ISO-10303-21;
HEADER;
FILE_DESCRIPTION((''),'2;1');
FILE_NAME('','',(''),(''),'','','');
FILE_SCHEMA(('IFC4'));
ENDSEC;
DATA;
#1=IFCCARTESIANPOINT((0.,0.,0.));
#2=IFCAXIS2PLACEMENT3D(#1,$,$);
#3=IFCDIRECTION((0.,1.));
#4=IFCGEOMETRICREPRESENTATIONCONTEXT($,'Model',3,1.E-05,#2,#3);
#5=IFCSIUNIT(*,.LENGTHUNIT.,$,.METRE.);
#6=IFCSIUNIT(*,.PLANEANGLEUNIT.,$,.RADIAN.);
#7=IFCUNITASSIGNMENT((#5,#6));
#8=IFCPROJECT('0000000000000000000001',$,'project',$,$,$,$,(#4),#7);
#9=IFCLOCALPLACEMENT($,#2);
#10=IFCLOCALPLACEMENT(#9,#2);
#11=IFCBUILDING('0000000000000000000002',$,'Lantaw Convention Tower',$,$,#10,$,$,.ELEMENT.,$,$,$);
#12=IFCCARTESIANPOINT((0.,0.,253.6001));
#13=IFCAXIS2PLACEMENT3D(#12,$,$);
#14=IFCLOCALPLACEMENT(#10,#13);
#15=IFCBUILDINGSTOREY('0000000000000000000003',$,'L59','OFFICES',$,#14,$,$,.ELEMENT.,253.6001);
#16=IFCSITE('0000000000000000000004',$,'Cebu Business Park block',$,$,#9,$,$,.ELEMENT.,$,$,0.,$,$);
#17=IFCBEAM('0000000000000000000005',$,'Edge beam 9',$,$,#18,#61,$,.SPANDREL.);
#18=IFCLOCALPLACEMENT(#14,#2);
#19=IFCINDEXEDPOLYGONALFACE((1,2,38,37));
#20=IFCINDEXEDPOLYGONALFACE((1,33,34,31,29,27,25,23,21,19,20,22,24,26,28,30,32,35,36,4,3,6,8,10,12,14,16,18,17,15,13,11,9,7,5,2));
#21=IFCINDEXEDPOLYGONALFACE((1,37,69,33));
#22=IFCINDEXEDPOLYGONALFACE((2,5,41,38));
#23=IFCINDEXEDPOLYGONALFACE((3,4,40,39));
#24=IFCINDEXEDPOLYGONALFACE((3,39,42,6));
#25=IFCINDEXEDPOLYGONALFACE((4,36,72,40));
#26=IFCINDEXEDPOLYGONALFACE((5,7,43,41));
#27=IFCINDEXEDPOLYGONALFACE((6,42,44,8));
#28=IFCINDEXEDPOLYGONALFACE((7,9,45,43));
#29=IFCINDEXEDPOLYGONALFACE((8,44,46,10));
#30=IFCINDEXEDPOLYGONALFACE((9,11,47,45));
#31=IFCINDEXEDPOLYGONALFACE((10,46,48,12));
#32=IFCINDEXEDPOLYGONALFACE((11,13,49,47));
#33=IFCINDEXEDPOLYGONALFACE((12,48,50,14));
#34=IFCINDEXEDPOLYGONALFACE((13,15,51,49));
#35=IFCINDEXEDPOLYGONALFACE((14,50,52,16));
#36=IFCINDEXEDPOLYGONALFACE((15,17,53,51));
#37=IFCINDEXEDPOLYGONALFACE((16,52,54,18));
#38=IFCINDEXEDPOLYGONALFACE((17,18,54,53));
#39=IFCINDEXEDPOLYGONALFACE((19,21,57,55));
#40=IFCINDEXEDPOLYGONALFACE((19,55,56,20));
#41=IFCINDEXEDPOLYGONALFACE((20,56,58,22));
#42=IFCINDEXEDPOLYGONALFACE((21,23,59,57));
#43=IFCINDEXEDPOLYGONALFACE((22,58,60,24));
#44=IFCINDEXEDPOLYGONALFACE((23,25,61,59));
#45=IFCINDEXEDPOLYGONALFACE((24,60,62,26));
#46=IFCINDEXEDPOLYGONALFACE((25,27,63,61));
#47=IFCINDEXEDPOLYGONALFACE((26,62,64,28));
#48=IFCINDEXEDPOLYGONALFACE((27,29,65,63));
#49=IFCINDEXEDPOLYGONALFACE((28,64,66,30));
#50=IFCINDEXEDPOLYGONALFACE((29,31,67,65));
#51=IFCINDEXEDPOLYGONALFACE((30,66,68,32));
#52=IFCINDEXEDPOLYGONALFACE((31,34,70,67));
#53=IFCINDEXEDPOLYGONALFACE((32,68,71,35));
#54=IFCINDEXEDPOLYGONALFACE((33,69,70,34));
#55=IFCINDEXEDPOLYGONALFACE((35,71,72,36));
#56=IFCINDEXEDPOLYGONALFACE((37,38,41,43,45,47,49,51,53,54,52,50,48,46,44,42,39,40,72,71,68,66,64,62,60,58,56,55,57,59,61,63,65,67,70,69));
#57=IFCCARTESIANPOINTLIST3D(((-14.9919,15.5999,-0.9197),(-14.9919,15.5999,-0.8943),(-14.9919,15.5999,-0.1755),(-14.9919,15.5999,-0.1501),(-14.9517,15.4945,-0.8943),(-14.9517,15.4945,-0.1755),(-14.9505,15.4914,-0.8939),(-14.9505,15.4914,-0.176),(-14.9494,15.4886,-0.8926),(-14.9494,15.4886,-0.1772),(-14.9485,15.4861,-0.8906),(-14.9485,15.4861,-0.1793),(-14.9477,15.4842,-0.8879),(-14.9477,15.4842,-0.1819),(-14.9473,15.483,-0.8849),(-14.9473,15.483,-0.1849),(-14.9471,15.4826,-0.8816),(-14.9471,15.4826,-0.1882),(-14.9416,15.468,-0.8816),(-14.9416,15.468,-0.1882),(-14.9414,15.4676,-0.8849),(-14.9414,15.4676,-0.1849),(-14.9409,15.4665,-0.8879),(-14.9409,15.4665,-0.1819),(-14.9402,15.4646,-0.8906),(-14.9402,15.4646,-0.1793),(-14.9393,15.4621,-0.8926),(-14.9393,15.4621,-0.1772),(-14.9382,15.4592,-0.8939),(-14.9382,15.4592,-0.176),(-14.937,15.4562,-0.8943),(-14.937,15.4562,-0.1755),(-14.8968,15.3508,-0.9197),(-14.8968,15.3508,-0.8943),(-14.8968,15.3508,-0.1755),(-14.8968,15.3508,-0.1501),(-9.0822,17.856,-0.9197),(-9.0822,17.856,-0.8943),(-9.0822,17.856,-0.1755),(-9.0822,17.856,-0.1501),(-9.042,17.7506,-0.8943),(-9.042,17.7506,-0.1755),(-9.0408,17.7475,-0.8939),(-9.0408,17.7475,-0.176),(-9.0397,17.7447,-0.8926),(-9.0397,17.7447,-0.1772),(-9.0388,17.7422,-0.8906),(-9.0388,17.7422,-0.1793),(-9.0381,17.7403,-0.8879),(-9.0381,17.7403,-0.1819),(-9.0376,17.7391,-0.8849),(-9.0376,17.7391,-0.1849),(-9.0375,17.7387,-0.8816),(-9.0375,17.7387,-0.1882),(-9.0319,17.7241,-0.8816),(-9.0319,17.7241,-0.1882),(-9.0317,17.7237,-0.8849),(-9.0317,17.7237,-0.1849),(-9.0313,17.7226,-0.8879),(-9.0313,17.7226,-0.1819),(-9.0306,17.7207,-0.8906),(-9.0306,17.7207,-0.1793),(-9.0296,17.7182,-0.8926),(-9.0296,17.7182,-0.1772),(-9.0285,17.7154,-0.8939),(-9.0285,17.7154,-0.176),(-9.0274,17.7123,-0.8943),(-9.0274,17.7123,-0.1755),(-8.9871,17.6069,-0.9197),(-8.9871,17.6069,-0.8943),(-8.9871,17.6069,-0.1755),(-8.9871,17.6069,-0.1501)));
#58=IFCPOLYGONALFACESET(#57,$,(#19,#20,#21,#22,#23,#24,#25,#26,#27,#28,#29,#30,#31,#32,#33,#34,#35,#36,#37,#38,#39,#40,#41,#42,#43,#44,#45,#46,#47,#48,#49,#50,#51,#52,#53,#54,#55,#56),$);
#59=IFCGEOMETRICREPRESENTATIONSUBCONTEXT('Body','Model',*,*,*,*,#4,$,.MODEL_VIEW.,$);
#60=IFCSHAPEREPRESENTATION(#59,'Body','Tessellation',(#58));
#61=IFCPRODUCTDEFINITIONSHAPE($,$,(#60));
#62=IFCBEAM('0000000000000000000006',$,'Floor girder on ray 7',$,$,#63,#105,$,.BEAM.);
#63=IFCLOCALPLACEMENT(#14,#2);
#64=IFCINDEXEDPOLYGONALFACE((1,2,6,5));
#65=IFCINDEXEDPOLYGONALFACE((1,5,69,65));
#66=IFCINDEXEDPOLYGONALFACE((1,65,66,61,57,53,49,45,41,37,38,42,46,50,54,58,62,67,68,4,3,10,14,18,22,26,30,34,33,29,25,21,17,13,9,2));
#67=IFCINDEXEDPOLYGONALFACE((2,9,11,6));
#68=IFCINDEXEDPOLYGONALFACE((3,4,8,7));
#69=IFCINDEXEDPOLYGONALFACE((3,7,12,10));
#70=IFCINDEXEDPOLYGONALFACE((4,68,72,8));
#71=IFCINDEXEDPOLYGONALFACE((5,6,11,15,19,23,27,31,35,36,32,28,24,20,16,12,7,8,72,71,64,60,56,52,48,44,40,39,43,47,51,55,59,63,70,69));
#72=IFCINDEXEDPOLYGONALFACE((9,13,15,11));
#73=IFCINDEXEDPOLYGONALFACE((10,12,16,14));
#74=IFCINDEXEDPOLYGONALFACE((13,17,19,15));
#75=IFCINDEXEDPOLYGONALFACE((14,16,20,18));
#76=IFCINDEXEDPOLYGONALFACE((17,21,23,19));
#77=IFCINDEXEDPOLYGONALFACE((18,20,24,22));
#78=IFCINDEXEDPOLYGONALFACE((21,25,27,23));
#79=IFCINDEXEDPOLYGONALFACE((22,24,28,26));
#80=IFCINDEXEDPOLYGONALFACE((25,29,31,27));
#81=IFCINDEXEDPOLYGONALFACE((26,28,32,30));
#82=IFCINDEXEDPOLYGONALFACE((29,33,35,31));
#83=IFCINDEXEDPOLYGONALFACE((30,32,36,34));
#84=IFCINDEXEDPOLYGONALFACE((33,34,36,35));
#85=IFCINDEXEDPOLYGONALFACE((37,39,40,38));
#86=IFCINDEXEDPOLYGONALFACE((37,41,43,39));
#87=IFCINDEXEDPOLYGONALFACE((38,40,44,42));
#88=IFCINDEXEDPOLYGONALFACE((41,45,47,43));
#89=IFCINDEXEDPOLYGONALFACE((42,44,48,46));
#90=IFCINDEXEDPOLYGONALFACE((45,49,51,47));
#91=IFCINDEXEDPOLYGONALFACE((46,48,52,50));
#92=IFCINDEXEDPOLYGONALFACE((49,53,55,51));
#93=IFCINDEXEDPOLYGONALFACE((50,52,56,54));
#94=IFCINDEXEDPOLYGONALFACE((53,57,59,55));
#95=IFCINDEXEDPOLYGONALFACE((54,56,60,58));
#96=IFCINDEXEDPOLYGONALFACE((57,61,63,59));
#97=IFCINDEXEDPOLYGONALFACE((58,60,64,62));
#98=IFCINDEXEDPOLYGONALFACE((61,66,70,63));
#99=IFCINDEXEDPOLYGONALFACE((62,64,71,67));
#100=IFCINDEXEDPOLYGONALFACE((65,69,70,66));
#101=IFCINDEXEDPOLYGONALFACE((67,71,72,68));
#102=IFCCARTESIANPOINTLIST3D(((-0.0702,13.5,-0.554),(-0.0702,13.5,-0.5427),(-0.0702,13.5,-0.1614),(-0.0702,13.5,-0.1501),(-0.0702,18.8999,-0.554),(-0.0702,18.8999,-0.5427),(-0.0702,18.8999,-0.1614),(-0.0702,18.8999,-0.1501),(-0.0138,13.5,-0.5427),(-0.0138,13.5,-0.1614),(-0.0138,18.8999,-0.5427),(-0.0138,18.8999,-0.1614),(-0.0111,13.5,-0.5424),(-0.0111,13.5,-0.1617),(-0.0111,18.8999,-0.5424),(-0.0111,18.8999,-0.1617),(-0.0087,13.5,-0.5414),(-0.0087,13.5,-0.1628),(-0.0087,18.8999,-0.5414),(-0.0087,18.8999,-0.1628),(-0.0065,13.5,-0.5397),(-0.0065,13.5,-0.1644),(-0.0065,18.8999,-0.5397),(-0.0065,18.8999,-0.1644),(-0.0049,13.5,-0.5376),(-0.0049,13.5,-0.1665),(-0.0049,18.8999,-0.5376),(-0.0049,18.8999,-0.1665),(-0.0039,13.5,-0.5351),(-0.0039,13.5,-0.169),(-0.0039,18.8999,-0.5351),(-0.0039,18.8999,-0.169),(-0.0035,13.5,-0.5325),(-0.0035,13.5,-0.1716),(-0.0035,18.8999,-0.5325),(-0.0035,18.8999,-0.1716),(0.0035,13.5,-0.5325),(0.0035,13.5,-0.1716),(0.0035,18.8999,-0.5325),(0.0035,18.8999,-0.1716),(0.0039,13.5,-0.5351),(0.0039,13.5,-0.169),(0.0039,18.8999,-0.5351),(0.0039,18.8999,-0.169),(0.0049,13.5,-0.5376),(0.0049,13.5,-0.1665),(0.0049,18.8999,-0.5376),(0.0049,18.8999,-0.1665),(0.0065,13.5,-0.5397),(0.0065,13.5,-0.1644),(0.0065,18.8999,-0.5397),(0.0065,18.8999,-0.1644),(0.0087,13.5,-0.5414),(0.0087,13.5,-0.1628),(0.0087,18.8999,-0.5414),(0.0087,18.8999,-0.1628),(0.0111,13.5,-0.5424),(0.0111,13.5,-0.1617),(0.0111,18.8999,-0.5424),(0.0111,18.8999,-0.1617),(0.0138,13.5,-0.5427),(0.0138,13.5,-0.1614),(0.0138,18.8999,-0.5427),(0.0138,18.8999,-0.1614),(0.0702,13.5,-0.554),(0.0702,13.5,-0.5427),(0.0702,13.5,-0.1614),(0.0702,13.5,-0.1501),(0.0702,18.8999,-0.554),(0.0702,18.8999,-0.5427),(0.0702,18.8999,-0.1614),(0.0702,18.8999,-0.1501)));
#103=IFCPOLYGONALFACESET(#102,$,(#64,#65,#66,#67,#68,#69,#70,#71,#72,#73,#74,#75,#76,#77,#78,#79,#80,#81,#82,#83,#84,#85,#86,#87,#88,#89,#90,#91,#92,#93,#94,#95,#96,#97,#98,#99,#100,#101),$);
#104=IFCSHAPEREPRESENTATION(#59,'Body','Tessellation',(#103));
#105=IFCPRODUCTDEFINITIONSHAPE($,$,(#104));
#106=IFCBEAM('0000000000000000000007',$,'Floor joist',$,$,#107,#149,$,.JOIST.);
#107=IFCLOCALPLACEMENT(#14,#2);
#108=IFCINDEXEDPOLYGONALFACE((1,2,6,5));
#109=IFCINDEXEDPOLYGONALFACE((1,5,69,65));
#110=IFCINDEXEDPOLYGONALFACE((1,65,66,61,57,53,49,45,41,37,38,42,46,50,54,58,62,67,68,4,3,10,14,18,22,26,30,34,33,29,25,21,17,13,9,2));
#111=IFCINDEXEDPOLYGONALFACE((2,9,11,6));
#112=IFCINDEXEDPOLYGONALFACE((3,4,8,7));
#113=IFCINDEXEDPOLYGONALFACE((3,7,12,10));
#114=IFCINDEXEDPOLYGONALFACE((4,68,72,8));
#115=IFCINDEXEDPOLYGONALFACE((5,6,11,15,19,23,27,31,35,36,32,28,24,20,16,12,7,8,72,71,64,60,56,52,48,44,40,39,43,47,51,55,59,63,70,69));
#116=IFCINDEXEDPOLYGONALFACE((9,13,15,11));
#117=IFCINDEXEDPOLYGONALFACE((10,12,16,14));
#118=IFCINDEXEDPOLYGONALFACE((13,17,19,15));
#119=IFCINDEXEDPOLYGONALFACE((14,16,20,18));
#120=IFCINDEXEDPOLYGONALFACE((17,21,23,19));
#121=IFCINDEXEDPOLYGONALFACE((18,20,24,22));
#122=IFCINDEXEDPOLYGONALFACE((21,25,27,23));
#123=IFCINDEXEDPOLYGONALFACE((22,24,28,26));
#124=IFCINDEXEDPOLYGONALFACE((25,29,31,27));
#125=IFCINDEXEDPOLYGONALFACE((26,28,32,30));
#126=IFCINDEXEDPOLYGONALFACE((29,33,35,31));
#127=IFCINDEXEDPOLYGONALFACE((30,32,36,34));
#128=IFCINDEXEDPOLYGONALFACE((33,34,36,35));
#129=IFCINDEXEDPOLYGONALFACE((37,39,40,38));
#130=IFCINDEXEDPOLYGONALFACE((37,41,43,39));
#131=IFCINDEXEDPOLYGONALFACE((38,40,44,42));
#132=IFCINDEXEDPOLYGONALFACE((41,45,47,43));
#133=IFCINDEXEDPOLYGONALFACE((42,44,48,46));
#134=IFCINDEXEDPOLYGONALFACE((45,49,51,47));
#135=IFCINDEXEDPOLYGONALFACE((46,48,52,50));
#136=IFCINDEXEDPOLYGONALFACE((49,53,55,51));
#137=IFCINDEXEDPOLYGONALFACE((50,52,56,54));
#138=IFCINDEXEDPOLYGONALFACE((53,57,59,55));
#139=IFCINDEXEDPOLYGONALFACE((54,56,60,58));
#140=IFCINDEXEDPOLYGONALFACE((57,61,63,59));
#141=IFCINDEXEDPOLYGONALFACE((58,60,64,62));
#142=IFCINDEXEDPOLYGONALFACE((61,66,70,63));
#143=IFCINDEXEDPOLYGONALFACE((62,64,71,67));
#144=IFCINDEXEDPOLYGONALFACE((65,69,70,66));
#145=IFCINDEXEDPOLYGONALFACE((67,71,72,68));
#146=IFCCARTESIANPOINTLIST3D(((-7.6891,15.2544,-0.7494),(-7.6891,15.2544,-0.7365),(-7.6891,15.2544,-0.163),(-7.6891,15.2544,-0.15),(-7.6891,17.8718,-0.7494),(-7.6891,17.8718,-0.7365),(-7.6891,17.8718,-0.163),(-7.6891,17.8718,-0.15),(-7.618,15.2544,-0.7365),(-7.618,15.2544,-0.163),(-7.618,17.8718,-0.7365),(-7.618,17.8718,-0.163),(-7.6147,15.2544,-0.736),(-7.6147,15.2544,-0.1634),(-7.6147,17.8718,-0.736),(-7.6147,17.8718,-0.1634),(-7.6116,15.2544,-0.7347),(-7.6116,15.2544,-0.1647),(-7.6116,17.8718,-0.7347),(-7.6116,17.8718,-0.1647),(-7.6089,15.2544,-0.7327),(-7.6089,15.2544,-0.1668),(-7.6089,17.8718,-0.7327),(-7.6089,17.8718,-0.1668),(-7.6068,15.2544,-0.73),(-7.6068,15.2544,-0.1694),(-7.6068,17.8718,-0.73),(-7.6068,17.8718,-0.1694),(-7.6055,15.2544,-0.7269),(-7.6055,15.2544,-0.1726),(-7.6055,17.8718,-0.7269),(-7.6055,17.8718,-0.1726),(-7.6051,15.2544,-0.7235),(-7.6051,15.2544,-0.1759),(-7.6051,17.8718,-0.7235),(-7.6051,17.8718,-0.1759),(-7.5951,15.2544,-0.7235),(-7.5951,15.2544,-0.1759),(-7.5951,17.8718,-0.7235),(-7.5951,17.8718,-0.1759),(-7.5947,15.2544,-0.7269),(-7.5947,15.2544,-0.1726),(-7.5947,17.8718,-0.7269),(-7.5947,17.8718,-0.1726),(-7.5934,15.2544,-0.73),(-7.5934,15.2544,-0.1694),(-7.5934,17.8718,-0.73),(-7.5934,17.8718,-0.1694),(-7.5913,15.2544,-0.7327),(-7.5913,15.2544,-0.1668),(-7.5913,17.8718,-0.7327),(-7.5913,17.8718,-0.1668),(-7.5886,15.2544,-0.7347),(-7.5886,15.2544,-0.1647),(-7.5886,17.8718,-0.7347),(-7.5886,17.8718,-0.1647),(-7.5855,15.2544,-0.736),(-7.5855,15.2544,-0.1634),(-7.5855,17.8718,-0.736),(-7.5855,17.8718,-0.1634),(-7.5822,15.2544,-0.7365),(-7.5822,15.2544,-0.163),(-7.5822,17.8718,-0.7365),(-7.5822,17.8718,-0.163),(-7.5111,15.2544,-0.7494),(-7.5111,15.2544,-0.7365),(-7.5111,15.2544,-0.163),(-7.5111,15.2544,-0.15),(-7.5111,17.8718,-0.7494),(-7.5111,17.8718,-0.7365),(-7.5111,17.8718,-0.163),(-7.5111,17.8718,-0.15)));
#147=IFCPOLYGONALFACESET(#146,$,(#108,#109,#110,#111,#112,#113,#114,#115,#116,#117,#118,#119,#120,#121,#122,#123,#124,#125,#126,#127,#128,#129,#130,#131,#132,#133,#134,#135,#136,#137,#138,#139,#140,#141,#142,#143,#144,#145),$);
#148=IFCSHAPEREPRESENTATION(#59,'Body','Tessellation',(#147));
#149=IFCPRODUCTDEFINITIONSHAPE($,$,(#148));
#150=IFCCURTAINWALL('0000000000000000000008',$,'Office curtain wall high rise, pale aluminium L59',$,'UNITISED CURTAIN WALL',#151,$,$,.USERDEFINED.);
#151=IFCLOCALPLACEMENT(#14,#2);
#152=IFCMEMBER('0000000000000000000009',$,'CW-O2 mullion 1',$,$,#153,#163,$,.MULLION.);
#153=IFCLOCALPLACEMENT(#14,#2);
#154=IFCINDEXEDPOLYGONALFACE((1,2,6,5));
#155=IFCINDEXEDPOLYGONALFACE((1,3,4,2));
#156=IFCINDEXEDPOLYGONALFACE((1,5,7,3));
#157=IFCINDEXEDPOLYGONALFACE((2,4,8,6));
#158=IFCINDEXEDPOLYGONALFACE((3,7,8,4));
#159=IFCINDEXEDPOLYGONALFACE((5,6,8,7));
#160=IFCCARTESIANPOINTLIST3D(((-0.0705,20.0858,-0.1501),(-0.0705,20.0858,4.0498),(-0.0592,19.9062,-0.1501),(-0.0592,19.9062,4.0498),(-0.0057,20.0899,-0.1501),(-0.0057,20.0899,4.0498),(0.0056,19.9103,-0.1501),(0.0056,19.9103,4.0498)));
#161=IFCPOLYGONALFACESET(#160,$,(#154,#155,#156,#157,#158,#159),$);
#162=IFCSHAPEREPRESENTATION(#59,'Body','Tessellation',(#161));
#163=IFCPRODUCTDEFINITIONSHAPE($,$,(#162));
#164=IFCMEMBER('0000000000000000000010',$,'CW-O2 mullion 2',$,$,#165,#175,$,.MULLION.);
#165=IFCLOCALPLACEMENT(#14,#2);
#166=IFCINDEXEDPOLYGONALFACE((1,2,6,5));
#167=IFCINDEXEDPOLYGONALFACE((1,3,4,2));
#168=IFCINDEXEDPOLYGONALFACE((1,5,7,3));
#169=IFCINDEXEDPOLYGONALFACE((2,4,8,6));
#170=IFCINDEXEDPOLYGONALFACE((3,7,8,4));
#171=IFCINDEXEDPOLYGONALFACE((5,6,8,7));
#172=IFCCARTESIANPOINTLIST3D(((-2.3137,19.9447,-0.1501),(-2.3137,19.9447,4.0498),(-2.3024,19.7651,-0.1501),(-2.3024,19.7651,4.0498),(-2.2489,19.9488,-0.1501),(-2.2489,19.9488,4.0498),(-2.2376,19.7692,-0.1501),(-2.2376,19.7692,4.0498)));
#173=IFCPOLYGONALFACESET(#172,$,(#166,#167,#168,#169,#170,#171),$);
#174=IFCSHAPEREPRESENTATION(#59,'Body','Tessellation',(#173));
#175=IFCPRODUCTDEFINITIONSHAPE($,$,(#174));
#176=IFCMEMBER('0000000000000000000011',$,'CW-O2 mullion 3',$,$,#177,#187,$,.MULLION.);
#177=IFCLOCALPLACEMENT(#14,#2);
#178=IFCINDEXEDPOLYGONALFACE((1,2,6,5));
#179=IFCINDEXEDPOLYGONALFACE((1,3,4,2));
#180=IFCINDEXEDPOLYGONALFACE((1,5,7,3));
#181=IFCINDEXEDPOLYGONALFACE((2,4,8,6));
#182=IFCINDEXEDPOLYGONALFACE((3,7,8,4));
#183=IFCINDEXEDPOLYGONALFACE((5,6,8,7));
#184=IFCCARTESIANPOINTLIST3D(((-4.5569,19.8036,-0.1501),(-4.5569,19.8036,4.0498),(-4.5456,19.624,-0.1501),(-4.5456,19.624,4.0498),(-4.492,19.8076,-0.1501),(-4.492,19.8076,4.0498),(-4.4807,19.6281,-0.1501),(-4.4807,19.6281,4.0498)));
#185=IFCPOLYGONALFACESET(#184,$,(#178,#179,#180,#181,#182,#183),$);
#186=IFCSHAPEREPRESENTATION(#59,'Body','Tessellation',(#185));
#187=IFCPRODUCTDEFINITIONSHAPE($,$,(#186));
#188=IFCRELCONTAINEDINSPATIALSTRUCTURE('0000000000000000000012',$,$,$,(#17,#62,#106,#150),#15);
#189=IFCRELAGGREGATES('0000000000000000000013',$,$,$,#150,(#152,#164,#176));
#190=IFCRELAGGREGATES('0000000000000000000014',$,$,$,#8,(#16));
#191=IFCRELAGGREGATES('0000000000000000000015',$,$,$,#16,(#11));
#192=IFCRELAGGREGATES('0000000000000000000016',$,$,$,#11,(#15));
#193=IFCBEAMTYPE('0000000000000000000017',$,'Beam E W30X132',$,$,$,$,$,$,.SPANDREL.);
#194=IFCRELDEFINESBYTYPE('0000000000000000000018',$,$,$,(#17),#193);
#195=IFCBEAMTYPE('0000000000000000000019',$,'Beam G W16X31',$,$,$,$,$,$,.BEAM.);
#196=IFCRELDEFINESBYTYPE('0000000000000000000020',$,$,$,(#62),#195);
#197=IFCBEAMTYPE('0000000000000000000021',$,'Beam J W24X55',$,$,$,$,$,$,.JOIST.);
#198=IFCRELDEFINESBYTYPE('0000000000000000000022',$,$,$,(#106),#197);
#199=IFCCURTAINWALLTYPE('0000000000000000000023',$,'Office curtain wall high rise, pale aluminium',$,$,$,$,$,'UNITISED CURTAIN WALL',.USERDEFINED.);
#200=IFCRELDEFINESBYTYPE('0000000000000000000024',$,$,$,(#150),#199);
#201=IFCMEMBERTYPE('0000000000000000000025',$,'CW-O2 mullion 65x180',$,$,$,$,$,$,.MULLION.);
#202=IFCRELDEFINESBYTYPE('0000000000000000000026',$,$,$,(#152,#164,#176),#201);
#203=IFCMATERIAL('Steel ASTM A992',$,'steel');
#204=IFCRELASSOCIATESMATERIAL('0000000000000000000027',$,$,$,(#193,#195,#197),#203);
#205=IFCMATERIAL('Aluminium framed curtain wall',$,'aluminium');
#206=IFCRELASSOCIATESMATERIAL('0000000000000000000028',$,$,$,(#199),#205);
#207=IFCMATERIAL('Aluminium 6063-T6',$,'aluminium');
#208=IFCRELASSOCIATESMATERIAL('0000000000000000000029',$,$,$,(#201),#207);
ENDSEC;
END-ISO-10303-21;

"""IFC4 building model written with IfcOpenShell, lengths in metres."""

from ifc_helpers import new_model, si_unit, direction, frame, origin, origin_2d, place, context, subcontext, project, spatial, rectangle, i_section, extrude, material, material_profile, profile_set, type_object, element, aggregate, save


model = new_model("IFC4")

# Units and contexts
model_context = context("Model", 3, precision=1e-05, world=origin(), true_north=direction((0.0, 1.0)))
body_context = subcontext(model_context, "Body", "Model", "MODEL_VIEW")
ifc_project = project(units=[si_unit("LENGTHUNIT", "METRE"), si_unit("PLANEANGLEUNIT", "RADIAN")], contexts=[model_context])

# Site, building, storey
site_placement = place(None, origin())
site = spatial("IfcSite", under=ifc_project, at=site_placement, Name="Cebu Business Park block", CompositionType="ELEMENT", RefElevation=0.0)
building_placement = place(site_placement, origin())
building = spatial("IfcBuilding", under=site, at=building_placement, Name="Lantaw Convention Tower", CompositionType="ELEMENT")
storey_placement = place(building_placement, frame((0.0, 0.0, 253.6001)))
storey = spatial("IfcBuildingStorey", under=building, at=storey_placement, Name="L59", Description="OFFICES", CompositionType="ELEMENT", Elevation=253.6001)

# Beams
ifc_material_1 = material(Name="Steel ASTM A992", Category="steel")
ifc_material_profile_1 = material_profile(ifc_material_1, i_section(OverallWidth=0.2666, OverallDepth=0.7695, WebThickness=0.0156, FlangeThickness=0.0254, FilletRadius=0.0127, at=origin_2d()), Name="W30X132")
ifc_profile_set_1 = profile_set([ifc_material_profile_1], Name="Steel ASTM A992")
beam_type_1 = type_object("IfcBeamType", Name="Beam E W30X132", PredefinedType="SPANDREL", material=ifc_profile_set_1)
beam_1_placement = place(storey_placement, frame((-9.0347, 17.7314, -0.5349), z_axis=(-0.934235, -0.356658, 0.0), x_axis=(0.356658, -0.934235, 0.0)))
element("IfcBeam", 1, at=beam_1_placement, inside=storey, type_object=beam_type_1, Name="Edge beam 9", PredefinedType="SPANDREL", context=body_context, shape_type="SweptSolid", body=[
    extrude(i_section(OverallWidth=0.2666, OverallDepth=0.7695, WebThickness=0.0156, FlangeThickness=0.0254, FilletRadius=0.0127, at=origin_2d()), origin(), (0.0, 0.0, 1.0), 6.3257),
])
ifc_material_profile_2 = material_profile(ifc_material_1, i_section(OverallWidth=0.1404, OverallDepth=0.4038, WebThickness=0.0071, FlangeThickness=0.0112, FilletRadius=0.0103, at=origin_2d()), Name="W16X31")
ifc_profile_set_2 = profile_set([ifc_material_profile_2], Name="Steel ASTM A992")
beam_type_2 = type_object("IfcBeamType", Name="Beam G W16X31", PredefinedType="BEAM", material=ifc_profile_set_2)
beam_2_placement = place(storey_placement, frame((0.0, 13.5, -0.3521), z_axis=(0.0, 1.0, 0.0), x_axis=(-1.0, 0.0, 0.0)))
element("IfcBeam", 2, at=beam_2_placement, inside=storey, type_object=beam_type_2, Name="Floor girder on ray 7", PredefinedType="BEAM", context=body_context, shape_type="SweptSolid", body=[
    extrude(i_section(OverallWidth=0.1404, OverallDepth=0.4038, WebThickness=0.0071, FlangeThickness=0.0112, FilletRadius=0.0103, at=origin_2d()), origin(), (0.0, 0.0, 1.0), 5.3999),
])
ifc_material_profile_3 = material_profile(ifc_material_1, i_section(OverallWidth=0.178, OverallDepth=0.5994, WebThickness=0.01, FlangeThickness=0.0129, FilletRadius=0.0129, at=origin_2d()), Name="W24X55")
ifc_profile_set_3 = profile_set([ifc_material_profile_3], Name="Steel ASTM A992")
beam_type_3 = type_object("IfcBeamType", Name="Beam J W24X55", PredefinedType="JOIST", material=ifc_profile_set_3)
beam_3_placement = place(storey_placement, frame((-7.6001, 15.2544, -0.4497), z_axis=(0.0, 1.0, 0.0), x_axis=(-1.0, 0.0, 0.0)))
element("IfcBeam", 3, at=beam_3_placement, inside=storey, type_object=beam_type_3, Name="Floor joist", PredefinedType="JOIST", context=body_context, shape_type="SweptSolid", body=[
    extrude(i_section(OverallWidth=0.178, OverallDepth=0.5994, WebThickness=0.01, FlangeThickness=0.0129, FilletRadius=0.0129, at=origin_2d()), origin(), (0.0, 0.0, 1.0), 2.6174),
])

# Curtain wall, members
ifc_material_2 = material(Name="Aluminium framed curtain wall", Category="aluminium")
curtain_wall_type = type_object("IfcCurtainWallType", Name="Office curtain wall high rise, pale aluminium", ElementType="UNITISED CURTAIN WALL", PredefinedType="USERDEFINED", material=ifc_material_2)
curtain_wall_1_placement = place(storey_placement, origin())
curtain_wall_1 = element("IfcCurtainWall", 4, at=curtain_wall_1_placement, inside=storey, type_object=curtain_wall_type, Name="Office curtain wall high rise, pale aluminium L59", ObjectType="UNITISED CURTAIN WALL", PredefinedType="USERDEFINED")
ifc_material_3 = material(Name="Aluminium 6063-T6", Category="aluminium")
ifc_material_profile_4 = material_profile(ifc_material_3, rectangle(XDim=0.1799, YDim=0.0649, at=origin_2d()), Name="CW-O2 mullion 65x180")
ifc_profile_set_4 = profile_set([ifc_material_profile_4], Name="Aluminium 6063-T6")
member_type_1 = type_object("IfcMemberType", Name="CW-O2 mullion 65x180", PredefinedType="MULLION", material=ifc_profile_set_4)
member_1_placement = place(storey_placement, frame((-0.0325, 19.998, -0.1501), z_axis=(0.0, 0.0, 1.0), x_axis=(0.062758, -0.998029, 0.0)))
member_1 = element("IfcMember", 5, at=member_1_placement, type_object=member_type_1, Name="CW-O2 mullion 1", PredefinedType="MULLION", context=body_context, shape_type="SweptSolid", body=[
    extrude(rectangle(XDim=0.1799, YDim=0.0649, at=origin_2d()), origin(), (0.0, 0.0, 1.0), 4.2),
])
member_2_placement = place(storey_placement, frame((-2.2756, 19.8569, -0.1501), z_axis=(0.0, 0.0, 1.0), x_axis=(0.062758, -0.998029, 0.0)))
member_2 = element("IfcMember", 6, at=member_2_placement, type_object=member_type_1, Name="CW-O2 mullion 2", PredefinedType="MULLION", context=body_context, shape_type="SweptSolid", body=[
    extrude(rectangle(XDim=0.1799, YDim=0.0649, at=origin_2d()), origin(), (0.0, 0.0, 1.0), 4.2),
])
member_3_placement = place(storey_placement, frame((-4.5188, 19.7158, -0.1501), z_axis=(0.0, 0.0, 1.0), x_axis=(0.062758, -0.998029, 0.0)))
member_3 = element("IfcMember", 7, at=member_3_placement, type_object=member_type_1, Name="CW-O2 mullion 3", PredefinedType="MULLION", context=body_context, shape_type="SweptSolid", body=[
    extrude(rectangle(XDim=0.1799, YDim=0.0649, at=origin_2d()), origin(), (0.0, 0.0, 1.0), 4.2),
])

aggregate(curtain_wall_1, [member_1, member_2, member_3])

save(model, "model.ifc")
